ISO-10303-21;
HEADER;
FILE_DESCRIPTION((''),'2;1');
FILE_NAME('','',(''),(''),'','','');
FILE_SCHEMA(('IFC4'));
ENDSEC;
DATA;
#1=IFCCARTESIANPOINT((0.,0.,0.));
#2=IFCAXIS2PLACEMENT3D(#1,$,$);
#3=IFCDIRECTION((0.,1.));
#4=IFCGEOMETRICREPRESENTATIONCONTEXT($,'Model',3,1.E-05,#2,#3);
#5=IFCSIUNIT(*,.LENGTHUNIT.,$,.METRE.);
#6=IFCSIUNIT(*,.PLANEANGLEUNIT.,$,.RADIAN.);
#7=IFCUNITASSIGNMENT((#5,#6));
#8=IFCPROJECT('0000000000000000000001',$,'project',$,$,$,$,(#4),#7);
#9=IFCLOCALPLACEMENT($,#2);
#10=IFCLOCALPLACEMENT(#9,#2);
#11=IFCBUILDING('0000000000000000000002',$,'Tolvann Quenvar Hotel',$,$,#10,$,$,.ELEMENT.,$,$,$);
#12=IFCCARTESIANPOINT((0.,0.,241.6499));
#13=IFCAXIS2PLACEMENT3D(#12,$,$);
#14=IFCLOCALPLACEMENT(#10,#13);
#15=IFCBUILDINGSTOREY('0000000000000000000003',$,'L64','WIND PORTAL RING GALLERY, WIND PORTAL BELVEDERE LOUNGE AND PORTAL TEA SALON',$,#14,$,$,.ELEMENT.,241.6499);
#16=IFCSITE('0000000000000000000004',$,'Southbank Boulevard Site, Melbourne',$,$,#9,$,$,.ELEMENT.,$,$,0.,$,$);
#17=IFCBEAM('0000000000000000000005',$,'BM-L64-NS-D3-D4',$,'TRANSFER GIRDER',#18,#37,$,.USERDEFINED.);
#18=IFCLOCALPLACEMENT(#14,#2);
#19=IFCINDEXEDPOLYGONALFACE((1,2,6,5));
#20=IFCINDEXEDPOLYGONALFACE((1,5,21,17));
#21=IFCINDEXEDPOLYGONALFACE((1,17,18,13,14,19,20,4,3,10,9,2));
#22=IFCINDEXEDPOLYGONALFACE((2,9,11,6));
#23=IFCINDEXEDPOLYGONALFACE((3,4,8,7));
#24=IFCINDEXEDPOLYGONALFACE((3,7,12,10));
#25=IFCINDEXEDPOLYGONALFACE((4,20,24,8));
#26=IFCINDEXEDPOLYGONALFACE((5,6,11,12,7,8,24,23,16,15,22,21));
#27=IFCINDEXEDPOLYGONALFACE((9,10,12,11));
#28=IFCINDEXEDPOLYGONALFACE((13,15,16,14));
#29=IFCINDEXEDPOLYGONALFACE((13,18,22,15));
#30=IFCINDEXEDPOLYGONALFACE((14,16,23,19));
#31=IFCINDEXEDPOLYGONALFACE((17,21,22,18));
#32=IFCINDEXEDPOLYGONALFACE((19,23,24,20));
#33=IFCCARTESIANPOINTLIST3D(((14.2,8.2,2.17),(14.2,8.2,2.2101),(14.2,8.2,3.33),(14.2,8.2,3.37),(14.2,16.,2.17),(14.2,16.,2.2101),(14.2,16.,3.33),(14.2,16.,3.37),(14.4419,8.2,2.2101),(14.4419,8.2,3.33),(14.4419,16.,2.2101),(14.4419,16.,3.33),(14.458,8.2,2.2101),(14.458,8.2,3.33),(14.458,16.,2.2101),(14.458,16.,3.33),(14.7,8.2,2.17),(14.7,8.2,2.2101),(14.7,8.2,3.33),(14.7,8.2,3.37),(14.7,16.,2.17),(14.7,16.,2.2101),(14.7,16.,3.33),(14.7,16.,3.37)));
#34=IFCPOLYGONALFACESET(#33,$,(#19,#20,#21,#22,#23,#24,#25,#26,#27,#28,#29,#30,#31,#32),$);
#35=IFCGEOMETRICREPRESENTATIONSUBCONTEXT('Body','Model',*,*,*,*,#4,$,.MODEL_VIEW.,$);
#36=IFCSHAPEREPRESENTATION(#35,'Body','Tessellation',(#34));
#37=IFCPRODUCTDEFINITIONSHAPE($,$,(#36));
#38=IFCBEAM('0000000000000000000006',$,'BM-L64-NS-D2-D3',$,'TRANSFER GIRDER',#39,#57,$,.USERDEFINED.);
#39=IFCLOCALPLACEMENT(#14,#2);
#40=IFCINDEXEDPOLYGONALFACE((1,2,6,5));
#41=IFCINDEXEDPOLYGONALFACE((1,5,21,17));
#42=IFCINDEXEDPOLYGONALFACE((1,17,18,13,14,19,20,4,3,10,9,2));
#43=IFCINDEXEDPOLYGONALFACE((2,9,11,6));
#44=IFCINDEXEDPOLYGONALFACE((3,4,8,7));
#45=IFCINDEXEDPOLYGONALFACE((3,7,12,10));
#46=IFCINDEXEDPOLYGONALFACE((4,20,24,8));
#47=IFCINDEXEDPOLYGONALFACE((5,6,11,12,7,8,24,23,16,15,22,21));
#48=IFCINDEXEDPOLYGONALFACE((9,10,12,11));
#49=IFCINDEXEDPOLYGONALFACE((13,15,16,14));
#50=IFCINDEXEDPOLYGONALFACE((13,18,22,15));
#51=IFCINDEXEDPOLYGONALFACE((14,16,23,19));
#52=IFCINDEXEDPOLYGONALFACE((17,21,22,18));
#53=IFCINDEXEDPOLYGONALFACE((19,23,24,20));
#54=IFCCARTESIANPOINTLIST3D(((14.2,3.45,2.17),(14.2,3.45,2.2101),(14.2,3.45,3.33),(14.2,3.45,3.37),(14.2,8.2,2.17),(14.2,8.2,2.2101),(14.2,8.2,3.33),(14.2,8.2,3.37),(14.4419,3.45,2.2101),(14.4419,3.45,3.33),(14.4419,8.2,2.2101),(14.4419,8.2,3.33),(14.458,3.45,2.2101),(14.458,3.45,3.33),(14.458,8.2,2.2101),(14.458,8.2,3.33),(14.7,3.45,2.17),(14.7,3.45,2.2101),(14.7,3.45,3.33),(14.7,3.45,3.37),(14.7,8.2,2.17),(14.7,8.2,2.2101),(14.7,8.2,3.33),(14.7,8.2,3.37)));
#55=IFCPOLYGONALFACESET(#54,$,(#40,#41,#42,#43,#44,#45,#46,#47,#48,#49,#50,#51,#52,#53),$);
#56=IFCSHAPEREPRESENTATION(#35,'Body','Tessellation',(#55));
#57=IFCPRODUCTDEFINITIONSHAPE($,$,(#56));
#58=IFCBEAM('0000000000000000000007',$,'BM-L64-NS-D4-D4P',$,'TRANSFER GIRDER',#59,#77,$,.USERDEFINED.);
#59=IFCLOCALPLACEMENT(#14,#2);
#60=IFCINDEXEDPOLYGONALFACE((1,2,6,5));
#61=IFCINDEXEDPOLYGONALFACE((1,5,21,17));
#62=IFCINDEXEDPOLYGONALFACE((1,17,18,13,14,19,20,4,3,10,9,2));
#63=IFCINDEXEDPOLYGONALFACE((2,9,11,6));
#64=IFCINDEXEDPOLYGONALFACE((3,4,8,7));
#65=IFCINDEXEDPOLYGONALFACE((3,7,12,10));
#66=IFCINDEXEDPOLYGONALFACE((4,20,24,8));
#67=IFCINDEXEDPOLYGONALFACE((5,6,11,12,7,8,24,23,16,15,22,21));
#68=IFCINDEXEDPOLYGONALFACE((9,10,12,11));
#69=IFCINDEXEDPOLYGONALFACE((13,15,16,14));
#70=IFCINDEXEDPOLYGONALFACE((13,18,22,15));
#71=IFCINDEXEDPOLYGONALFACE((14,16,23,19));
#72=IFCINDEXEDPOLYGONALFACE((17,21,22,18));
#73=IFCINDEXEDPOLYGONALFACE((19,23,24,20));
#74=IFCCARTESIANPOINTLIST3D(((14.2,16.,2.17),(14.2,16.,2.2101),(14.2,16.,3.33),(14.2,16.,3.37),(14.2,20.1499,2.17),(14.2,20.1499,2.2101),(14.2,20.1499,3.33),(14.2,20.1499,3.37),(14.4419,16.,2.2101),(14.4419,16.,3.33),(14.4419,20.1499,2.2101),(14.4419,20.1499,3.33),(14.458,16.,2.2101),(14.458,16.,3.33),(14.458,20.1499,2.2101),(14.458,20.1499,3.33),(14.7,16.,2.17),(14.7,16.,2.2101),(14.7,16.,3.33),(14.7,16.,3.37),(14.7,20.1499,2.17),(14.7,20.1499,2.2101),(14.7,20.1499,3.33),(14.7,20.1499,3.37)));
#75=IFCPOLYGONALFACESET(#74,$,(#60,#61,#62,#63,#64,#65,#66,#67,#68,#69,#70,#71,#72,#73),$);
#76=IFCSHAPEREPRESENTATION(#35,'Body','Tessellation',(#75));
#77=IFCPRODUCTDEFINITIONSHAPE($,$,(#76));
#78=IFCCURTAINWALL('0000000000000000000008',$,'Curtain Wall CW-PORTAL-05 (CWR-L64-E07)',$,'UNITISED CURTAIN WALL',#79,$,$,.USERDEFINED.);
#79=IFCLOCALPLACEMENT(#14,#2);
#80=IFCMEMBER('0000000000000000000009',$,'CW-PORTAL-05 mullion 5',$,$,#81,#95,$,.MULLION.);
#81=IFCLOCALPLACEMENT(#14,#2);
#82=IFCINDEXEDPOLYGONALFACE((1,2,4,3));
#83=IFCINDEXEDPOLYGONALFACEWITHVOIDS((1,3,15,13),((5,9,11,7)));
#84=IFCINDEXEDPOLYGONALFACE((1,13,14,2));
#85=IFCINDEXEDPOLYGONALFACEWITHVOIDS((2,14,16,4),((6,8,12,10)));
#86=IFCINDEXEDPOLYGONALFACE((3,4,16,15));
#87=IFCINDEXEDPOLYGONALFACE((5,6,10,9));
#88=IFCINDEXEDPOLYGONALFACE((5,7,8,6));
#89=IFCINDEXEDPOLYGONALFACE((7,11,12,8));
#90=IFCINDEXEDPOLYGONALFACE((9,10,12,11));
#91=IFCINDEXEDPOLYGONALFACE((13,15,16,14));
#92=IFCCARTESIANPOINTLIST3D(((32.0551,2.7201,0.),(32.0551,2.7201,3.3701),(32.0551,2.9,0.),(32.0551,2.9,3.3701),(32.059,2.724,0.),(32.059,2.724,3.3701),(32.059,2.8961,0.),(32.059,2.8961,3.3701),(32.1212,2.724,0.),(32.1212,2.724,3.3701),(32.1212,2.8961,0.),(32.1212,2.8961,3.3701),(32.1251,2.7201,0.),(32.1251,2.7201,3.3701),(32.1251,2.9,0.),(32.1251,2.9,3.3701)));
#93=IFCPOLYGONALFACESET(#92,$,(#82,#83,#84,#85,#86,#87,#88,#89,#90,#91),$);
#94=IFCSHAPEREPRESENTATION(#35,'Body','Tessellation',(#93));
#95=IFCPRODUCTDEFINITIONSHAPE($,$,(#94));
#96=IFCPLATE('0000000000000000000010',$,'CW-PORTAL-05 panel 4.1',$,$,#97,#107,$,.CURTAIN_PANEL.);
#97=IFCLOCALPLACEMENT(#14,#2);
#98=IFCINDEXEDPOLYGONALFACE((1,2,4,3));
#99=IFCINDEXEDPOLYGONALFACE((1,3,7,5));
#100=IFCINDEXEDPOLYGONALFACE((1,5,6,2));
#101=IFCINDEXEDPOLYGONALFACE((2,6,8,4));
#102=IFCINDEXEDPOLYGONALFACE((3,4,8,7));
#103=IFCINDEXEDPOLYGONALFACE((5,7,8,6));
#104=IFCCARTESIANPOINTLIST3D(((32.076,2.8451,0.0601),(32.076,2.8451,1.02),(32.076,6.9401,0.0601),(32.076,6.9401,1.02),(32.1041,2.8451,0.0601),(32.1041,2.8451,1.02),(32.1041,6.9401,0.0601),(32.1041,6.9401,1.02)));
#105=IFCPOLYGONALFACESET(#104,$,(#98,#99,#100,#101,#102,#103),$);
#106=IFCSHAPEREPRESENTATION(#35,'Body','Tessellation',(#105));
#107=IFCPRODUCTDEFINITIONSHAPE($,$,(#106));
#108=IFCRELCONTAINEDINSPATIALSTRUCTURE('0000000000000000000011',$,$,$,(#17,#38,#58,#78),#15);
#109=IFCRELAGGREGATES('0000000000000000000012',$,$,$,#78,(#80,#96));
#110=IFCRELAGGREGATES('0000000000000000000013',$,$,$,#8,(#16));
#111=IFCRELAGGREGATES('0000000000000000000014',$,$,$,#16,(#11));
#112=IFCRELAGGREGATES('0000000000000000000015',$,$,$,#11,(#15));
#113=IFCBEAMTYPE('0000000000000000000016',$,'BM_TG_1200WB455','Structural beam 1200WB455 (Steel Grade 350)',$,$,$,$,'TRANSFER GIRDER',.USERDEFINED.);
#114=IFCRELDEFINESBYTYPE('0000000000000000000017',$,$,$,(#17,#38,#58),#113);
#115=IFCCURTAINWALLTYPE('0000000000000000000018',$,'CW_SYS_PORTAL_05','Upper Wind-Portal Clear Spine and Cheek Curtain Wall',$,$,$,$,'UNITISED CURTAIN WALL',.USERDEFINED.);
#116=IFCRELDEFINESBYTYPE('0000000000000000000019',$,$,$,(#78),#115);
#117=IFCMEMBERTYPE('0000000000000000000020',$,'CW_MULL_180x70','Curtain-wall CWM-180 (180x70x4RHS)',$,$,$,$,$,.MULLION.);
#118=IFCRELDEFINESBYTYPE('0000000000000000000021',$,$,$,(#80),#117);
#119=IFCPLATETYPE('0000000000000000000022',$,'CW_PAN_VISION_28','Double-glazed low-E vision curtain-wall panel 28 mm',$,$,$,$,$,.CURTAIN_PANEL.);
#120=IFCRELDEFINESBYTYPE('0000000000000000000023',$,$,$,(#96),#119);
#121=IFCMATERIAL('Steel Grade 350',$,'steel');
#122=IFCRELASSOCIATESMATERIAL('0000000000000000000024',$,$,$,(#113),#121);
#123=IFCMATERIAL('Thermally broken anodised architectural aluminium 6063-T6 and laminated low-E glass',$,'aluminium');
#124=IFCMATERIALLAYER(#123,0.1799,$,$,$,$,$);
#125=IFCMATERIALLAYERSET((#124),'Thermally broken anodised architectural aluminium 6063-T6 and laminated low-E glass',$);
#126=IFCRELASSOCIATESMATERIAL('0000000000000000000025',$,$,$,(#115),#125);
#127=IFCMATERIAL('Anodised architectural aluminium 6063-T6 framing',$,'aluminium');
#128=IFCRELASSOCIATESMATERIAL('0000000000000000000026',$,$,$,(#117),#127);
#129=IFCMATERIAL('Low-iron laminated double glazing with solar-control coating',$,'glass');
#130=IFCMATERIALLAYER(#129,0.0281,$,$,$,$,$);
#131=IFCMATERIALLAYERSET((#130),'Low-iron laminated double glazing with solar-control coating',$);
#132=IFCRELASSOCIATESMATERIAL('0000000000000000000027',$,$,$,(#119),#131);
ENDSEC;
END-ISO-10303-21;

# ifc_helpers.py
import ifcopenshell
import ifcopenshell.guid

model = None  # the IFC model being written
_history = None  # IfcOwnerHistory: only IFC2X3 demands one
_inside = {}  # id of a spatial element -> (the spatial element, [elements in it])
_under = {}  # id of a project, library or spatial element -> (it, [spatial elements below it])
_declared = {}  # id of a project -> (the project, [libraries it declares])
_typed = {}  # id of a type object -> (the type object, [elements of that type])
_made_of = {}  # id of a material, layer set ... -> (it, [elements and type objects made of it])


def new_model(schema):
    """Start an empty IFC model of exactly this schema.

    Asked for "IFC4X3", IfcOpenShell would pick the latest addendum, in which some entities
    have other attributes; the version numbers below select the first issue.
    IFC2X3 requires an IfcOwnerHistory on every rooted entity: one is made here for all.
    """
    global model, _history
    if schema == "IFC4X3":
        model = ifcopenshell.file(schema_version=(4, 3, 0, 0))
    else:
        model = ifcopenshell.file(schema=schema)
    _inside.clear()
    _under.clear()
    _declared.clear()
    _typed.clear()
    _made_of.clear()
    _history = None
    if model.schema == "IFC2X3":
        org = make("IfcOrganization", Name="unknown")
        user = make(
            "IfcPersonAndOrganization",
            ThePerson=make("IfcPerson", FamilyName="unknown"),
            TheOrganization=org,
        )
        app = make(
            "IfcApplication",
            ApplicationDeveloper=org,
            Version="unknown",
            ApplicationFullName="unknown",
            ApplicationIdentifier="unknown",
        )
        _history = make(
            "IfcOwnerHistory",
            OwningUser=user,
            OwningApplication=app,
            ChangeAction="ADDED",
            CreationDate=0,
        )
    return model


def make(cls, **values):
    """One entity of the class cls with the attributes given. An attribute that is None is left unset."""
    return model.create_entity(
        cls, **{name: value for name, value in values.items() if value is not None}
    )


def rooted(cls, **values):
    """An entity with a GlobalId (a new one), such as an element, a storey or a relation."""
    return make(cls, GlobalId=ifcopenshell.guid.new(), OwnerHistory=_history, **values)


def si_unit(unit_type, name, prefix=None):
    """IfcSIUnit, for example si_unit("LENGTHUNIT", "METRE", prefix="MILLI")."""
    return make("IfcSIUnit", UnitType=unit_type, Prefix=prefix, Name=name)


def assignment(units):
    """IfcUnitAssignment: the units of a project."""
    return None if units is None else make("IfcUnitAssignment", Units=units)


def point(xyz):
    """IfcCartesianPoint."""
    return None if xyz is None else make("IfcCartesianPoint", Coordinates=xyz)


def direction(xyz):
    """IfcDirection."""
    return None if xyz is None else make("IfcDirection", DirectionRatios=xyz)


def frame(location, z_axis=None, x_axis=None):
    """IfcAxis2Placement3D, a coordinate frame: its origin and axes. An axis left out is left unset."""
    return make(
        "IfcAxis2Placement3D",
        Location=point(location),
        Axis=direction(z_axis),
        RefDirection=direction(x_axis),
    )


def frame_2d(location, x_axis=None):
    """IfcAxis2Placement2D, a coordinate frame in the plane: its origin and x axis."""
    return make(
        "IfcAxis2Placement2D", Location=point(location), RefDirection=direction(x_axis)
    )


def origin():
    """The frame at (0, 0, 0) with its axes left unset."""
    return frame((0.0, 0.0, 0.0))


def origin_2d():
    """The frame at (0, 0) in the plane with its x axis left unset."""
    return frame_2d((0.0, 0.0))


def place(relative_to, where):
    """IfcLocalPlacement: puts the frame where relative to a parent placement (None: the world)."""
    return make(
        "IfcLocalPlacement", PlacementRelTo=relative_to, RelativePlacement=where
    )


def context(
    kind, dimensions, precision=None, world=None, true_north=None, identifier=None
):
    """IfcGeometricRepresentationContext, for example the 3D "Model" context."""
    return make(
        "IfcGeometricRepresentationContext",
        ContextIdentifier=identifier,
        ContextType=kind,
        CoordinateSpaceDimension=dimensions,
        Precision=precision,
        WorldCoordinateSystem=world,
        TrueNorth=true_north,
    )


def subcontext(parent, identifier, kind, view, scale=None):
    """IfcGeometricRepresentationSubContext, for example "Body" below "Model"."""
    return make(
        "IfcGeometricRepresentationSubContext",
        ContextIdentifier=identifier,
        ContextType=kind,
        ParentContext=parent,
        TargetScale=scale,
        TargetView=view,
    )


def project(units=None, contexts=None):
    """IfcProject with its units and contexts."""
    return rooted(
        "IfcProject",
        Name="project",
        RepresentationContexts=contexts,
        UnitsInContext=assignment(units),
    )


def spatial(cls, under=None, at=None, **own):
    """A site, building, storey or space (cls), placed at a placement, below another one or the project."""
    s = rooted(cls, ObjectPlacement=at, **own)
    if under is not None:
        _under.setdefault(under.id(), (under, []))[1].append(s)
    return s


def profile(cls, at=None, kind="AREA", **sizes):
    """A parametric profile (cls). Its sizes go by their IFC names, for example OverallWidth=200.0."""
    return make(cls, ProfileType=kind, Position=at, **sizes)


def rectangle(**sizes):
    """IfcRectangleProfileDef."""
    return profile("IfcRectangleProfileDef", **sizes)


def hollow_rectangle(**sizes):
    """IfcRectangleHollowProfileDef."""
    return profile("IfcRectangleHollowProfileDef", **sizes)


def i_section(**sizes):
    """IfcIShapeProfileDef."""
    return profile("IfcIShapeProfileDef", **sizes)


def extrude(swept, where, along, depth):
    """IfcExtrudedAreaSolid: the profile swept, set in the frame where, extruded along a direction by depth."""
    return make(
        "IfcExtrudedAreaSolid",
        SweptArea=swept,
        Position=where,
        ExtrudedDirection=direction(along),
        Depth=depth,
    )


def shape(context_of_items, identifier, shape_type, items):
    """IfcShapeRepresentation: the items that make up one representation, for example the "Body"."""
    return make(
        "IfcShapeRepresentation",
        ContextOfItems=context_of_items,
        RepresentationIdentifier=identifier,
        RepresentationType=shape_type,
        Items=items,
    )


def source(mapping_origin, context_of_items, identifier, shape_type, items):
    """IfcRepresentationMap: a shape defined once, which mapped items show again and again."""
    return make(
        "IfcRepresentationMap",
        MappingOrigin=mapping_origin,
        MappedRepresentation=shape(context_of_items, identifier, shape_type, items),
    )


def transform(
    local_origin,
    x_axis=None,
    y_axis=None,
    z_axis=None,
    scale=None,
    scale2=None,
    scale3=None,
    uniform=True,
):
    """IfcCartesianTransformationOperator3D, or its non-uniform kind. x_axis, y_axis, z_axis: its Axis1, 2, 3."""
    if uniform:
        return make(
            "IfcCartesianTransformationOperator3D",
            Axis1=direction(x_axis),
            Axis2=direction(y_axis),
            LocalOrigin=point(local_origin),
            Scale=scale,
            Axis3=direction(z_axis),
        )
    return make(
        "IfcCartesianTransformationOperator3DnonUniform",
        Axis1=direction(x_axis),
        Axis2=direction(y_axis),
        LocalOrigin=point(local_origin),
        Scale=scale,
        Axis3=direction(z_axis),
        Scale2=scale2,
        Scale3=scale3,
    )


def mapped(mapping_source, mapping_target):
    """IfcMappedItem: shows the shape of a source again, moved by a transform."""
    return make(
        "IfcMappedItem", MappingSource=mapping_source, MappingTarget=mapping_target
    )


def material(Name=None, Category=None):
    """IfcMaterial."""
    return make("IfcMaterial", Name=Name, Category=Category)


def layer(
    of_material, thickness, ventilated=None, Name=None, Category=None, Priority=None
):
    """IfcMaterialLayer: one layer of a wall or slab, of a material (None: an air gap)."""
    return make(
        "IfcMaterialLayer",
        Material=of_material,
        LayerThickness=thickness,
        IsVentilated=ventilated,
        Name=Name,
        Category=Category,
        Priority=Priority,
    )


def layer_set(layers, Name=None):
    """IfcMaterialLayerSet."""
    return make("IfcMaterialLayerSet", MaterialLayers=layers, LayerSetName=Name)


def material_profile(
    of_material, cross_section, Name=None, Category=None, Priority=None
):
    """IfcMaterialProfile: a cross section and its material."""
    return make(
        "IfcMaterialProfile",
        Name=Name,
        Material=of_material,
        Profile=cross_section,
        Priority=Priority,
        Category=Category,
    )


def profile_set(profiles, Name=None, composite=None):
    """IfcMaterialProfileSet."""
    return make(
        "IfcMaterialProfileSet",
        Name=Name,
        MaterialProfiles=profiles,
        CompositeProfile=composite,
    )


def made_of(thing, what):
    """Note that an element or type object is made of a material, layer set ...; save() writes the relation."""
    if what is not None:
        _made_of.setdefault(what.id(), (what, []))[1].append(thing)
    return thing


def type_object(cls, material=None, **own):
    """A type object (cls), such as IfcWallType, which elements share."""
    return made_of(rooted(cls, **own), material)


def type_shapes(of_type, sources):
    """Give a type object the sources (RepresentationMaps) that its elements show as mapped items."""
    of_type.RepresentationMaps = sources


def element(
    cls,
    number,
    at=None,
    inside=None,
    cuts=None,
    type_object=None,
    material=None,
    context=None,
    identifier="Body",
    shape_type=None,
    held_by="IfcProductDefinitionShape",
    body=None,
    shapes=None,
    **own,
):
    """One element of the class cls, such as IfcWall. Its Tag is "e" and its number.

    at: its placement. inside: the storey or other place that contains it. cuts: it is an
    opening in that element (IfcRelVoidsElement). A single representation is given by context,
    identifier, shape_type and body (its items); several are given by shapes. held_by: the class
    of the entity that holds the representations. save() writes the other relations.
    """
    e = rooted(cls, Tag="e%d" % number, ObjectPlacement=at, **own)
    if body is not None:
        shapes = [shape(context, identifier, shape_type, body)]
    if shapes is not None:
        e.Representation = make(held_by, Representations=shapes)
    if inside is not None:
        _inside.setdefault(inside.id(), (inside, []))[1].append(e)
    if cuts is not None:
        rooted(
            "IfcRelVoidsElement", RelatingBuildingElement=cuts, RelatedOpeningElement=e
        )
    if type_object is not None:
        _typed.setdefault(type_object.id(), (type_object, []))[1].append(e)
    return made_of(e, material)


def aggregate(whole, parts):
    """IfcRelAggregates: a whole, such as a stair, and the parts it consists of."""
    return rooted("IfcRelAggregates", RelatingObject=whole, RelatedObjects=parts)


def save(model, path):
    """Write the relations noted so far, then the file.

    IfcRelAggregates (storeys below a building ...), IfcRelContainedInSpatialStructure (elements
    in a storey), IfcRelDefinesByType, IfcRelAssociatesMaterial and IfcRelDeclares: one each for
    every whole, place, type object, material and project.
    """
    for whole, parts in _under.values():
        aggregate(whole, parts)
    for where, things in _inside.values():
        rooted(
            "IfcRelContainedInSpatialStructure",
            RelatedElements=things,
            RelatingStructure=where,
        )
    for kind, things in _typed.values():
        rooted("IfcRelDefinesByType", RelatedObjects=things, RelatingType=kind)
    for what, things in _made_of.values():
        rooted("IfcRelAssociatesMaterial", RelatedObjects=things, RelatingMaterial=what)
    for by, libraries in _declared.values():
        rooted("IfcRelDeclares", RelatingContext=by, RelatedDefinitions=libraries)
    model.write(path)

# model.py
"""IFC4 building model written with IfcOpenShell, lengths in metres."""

from ifc_helpers import new_model, si_unit, direction, frame, origin, origin_2d, place, context, subcontext, project, spatial, rectangle, hollow_rectangle, i_section, extrude, source, transform, mapped, material, layer, layer_set, material_profile, profile_set, type_object, type_shapes, element, aggregate, save


model = new_model("IFC4")

# Units and contexts
model_context = context("Model", 3, precision=1e-05, world=origin(), true_north=direction((0.0, 1.0)))
body_context = subcontext(model_context, "Body", "Model", "MODEL_VIEW")
ifc_project = project(units=[si_unit("LENGTHUNIT", "METRE"), si_unit("PLANEANGLEUNIT", "RADIAN")], contexts=[model_context])

# Site, building, storey
site_placement = place(None, origin())
site = spatial("IfcSite", under=ifc_project, at=site_placement, Name="Southbank Boulevard Site, Melbourne", CompositionType="ELEMENT", RefElevation=0.0)
building_placement = place(site_placement, origin())
building = spatial("IfcBuilding", under=site, at=building_placement, Name="Tolvann Quenvar Hotel", CompositionType="ELEMENT")
storey_placement = place(building_placement, frame((0.0, 0.0, 241.6499)))
storey = spatial("IfcBuildingStorey", under=building, at=storey_placement, Name="L64", Description="WIND PORTAL RING GALLERY, WIND PORTAL BELVEDERE LOUNGE AND PORTAL TEA SALON", CompositionType="ELEMENT", Elevation=241.6499)

# Shared definitions
ifc_material_1 = material(Name="Steel Grade 350", Category="steel")

# Beams
ifc_material_profile_1 = material_profile(ifc_material_1, i_section(OverallWidth=0.5, OverallDepth=1.2, WebThickness=0.0161, FlangeThickness=0.04, at=origin_2d()), Name="1200WB455")
ifc_profile_set_1 = profile_set([ifc_material_profile_1], Name="Steel Grade 350")
beam_type = type_object("IfcBeamType", Name="BM_TG_1200WB455", Description="Structural beam 1200WB455 (Steel Grade 350)", ElementType="TRANSFER GIRDER", PredefinedType="USERDEFINED", material=ifc_profile_set_1)
shared_shape_1 = source(origin(), body_context, "Body", "SweptSolid", [
    extrude(i_section(OverallWidth=0.5, OverallDepth=1.2, WebThickness=0.0161, FlangeThickness=0.04, at=origin_2d()), origin(), (0.0, 0.0, 1.0), 7.8),
])
beam_1_placement = place(storey_placement, frame((14.45, 8.2, 2.77), z_axis=(0.0, 1.0, 0.0), x_axis=(-1.0, 0.0, 0.0)))
element("IfcBeam", 1, at=beam_1_placement, inside=storey, type_object=beam_type, Name="BM-L64-NS-D3-D4", ObjectType="TRANSFER GIRDER", PredefinedType="USERDEFINED", context=body_context, shape_type="MappedRepresentation", body=[
    mapped(shared_shape_1, transform((0.0, 0.0, 0.0), x_axis=(1.0, 0.0, 0.0), y_axis=(0.0, 1.0, 0.0), z_axis=(0.0, 0.0, 1.0), scale=1.0)),
])
shared_shape_2 = source(origin(), body_context, "Body", "SweptSolid", [
    extrude(i_section(OverallWidth=0.5, OverallDepth=1.2, WebThickness=0.0161, FlangeThickness=0.04, at=origin_2d()), origin(), (0.0, 0.0, 1.0), 4.75),
])
beam_2_placement = place(storey_placement, frame((14.45, 3.45, 2.77), z_axis=(0.0, 1.0, 0.0), x_axis=(-1.0, 0.0, 0.0)))
element("IfcBeam", 2, at=beam_2_placement, inside=storey, type_object=beam_type, Name="BM-L64-NS-D2-D3", ObjectType="TRANSFER GIRDER", PredefinedType="USERDEFINED", context=body_context, shape_type="MappedRepresentation", body=[
    mapped(shared_shape_2, transform((0.0, 0.0, 0.0), x_axis=(1.0, 0.0, 0.0), y_axis=(0.0, 1.0, 0.0), z_axis=(0.0, 0.0, 1.0), scale=1.0)),
])
shared_shape_3 = source(origin(), body_context, "Body", "SweptSolid", [
    extrude(i_section(OverallWidth=0.5, OverallDepth=1.2, WebThickness=0.0161, FlangeThickness=0.04, at=origin_2d()), origin(), (0.0, 0.0, 1.0), 4.1499),
])
type_shapes(beam_type, [shared_shape_1, shared_shape_2, shared_shape_3])
beam_3_placement = place(storey_placement, frame((14.45, 16.0, 2.77), z_axis=(0.0, 1.0, 0.0), x_axis=(-1.0, 0.0, 0.0)))
element("IfcBeam", 3, at=beam_3_placement, inside=storey, type_object=beam_type, Name="BM-L64-NS-D4-D4P", ObjectType="TRANSFER GIRDER", PredefinedType="USERDEFINED", context=body_context, shape_type="MappedRepresentation", body=[
    mapped(shared_shape_3, transform((0.0, 0.0, 0.0), x_axis=(1.0, 0.0, 0.0), y_axis=(0.0, 1.0, 0.0), z_axis=(0.0, 0.0, 1.0), scale=1.0)),
])

# Curtain wall, member, plate
ifc_material_2 = material(Name="Thermally broken anodised architectural aluminium 6063-T6 and laminated low-E glass", Category="aluminium")
ifc_layer_1 = layer(ifc_material_2, 0.1799)
ifc_layer_set_1 = layer_set([ifc_layer_1], Name="Thermally broken anodised architectural aluminium 6063-T6 and laminated low-E glass")
curtain_wall_type = type_object("IfcCurtainWallType", Name="CW_SYS_PORTAL_05", Description="Upper Wind-Portal Clear Spine and Cheek Curtain Wall", ElementType="UNITISED CURTAIN WALL", PredefinedType="USERDEFINED", material=ifc_layer_set_1)
curtain_wall_placement = place(storey_placement, origin())
curtain_wall = element("IfcCurtainWall", 4, at=curtain_wall_placement, inside=storey, type_object=curtain_wall_type, Name="Curtain Wall CW-PORTAL-05 (CWR-L64-E07)", ObjectType="UNITISED CURTAIN WALL", PredefinedType="USERDEFINED")
ifc_material_3 = material(Name="Anodised architectural aluminium 6063-T6 framing", Category="aluminium")
ifc_material_profile_2 = material_profile(ifc_material_3, hollow_rectangle(XDim=0.0701, YDim=0.1799, WallThickness=0.0039, at=origin_2d()), Name="180x70x4RHS")
ifc_profile_set_2 = profile_set([ifc_material_profile_2], Name="Anodised architectural aluminium 6063-T6 framing")
member_type = type_object("IfcMemberType", Name="CW_MULL_180x70", Description="Curtain-wall CWM-180 (180x70x4RHS)", PredefinedType="MULLION", material=ifc_profile_set_2)
shared_shape_4 = source(origin(), body_context, "Body", "SweptSolid", [
    extrude(hollow_rectangle(XDim=0.0701, YDim=0.1799, WallThickness=0.0039, at=origin_2d()), origin(), (0.0, 0.0, 1.0), 3.3701),
])
type_shapes(member_type, [shared_shape_4])
member_placement = place(storey_placement, frame((32.0901, 2.8101, 0.0), z_axis=(0.0, 0.0, 1.0), x_axis=(1.0, 0.0, 0.0)))
member = element("IfcMember", 5, at=member_placement, type_object=member_type, Name="CW-PORTAL-05 mullion 5", PredefinedType="MULLION", context=body_context, shape_type="MappedRepresentation", body=[
    mapped(shared_shape_4, transform((0.0, 0.0, 0.0), x_axis=(1.0, 0.0, 0.0), y_axis=(0.0, 1.0, 0.0), z_axis=(0.0, 0.0, 1.0), scale=1.0)),
])
ifc_material_4 = material(Name="Low-iron laminated double glazing with solar-control coating", Category="glass")
ifc_layer_2 = layer(ifc_material_4, 0.0281)
ifc_layer_set_2 = layer_set([ifc_layer_2], Name="Low-iron laminated double glazing with solar-control coating")
plate_type = type_object("IfcPlateType", Name="CW_PAN_VISION_28", Description="Double-glazed low-E vision curtain-wall panel 28 mm", PredefinedType="CURTAIN_PANEL", material=ifc_layer_set_2)
shared_shape_5 = source(origin(), body_context, "Body", "SweptSolid", [
    extrude(rectangle(XDim=4.095, YDim=0.0281, at=origin_2d()), origin(), (0.0, 0.0, 1.0), 0.96),
])
type_shapes(plate_type, [shared_shape_5])
plate_placement = place(storey_placement, frame((32.0901, 4.8926, 0.0601), z_axis=(0.0, 0.0, 1.0), x_axis=(0.0, -1.0, 0.0)))
plate = element("IfcPlate", 6, at=plate_placement, type_object=plate_type, Name="CW-PORTAL-05 panel 4.1", PredefinedType="CURTAIN_PANEL", context=body_context, shape_type="MappedRepresentation", body=[
    mapped(shared_shape_5, transform((0.0, 0.0, 0.0), x_axis=(1.0, 0.0, 0.0), y_axis=(0.0, 1.0, 0.0), z_axis=(0.0, 0.0, 1.0), scale=1.0)),
])
aggregate(curtain_wall, [member, plate])

save(model, "model.ifc")
